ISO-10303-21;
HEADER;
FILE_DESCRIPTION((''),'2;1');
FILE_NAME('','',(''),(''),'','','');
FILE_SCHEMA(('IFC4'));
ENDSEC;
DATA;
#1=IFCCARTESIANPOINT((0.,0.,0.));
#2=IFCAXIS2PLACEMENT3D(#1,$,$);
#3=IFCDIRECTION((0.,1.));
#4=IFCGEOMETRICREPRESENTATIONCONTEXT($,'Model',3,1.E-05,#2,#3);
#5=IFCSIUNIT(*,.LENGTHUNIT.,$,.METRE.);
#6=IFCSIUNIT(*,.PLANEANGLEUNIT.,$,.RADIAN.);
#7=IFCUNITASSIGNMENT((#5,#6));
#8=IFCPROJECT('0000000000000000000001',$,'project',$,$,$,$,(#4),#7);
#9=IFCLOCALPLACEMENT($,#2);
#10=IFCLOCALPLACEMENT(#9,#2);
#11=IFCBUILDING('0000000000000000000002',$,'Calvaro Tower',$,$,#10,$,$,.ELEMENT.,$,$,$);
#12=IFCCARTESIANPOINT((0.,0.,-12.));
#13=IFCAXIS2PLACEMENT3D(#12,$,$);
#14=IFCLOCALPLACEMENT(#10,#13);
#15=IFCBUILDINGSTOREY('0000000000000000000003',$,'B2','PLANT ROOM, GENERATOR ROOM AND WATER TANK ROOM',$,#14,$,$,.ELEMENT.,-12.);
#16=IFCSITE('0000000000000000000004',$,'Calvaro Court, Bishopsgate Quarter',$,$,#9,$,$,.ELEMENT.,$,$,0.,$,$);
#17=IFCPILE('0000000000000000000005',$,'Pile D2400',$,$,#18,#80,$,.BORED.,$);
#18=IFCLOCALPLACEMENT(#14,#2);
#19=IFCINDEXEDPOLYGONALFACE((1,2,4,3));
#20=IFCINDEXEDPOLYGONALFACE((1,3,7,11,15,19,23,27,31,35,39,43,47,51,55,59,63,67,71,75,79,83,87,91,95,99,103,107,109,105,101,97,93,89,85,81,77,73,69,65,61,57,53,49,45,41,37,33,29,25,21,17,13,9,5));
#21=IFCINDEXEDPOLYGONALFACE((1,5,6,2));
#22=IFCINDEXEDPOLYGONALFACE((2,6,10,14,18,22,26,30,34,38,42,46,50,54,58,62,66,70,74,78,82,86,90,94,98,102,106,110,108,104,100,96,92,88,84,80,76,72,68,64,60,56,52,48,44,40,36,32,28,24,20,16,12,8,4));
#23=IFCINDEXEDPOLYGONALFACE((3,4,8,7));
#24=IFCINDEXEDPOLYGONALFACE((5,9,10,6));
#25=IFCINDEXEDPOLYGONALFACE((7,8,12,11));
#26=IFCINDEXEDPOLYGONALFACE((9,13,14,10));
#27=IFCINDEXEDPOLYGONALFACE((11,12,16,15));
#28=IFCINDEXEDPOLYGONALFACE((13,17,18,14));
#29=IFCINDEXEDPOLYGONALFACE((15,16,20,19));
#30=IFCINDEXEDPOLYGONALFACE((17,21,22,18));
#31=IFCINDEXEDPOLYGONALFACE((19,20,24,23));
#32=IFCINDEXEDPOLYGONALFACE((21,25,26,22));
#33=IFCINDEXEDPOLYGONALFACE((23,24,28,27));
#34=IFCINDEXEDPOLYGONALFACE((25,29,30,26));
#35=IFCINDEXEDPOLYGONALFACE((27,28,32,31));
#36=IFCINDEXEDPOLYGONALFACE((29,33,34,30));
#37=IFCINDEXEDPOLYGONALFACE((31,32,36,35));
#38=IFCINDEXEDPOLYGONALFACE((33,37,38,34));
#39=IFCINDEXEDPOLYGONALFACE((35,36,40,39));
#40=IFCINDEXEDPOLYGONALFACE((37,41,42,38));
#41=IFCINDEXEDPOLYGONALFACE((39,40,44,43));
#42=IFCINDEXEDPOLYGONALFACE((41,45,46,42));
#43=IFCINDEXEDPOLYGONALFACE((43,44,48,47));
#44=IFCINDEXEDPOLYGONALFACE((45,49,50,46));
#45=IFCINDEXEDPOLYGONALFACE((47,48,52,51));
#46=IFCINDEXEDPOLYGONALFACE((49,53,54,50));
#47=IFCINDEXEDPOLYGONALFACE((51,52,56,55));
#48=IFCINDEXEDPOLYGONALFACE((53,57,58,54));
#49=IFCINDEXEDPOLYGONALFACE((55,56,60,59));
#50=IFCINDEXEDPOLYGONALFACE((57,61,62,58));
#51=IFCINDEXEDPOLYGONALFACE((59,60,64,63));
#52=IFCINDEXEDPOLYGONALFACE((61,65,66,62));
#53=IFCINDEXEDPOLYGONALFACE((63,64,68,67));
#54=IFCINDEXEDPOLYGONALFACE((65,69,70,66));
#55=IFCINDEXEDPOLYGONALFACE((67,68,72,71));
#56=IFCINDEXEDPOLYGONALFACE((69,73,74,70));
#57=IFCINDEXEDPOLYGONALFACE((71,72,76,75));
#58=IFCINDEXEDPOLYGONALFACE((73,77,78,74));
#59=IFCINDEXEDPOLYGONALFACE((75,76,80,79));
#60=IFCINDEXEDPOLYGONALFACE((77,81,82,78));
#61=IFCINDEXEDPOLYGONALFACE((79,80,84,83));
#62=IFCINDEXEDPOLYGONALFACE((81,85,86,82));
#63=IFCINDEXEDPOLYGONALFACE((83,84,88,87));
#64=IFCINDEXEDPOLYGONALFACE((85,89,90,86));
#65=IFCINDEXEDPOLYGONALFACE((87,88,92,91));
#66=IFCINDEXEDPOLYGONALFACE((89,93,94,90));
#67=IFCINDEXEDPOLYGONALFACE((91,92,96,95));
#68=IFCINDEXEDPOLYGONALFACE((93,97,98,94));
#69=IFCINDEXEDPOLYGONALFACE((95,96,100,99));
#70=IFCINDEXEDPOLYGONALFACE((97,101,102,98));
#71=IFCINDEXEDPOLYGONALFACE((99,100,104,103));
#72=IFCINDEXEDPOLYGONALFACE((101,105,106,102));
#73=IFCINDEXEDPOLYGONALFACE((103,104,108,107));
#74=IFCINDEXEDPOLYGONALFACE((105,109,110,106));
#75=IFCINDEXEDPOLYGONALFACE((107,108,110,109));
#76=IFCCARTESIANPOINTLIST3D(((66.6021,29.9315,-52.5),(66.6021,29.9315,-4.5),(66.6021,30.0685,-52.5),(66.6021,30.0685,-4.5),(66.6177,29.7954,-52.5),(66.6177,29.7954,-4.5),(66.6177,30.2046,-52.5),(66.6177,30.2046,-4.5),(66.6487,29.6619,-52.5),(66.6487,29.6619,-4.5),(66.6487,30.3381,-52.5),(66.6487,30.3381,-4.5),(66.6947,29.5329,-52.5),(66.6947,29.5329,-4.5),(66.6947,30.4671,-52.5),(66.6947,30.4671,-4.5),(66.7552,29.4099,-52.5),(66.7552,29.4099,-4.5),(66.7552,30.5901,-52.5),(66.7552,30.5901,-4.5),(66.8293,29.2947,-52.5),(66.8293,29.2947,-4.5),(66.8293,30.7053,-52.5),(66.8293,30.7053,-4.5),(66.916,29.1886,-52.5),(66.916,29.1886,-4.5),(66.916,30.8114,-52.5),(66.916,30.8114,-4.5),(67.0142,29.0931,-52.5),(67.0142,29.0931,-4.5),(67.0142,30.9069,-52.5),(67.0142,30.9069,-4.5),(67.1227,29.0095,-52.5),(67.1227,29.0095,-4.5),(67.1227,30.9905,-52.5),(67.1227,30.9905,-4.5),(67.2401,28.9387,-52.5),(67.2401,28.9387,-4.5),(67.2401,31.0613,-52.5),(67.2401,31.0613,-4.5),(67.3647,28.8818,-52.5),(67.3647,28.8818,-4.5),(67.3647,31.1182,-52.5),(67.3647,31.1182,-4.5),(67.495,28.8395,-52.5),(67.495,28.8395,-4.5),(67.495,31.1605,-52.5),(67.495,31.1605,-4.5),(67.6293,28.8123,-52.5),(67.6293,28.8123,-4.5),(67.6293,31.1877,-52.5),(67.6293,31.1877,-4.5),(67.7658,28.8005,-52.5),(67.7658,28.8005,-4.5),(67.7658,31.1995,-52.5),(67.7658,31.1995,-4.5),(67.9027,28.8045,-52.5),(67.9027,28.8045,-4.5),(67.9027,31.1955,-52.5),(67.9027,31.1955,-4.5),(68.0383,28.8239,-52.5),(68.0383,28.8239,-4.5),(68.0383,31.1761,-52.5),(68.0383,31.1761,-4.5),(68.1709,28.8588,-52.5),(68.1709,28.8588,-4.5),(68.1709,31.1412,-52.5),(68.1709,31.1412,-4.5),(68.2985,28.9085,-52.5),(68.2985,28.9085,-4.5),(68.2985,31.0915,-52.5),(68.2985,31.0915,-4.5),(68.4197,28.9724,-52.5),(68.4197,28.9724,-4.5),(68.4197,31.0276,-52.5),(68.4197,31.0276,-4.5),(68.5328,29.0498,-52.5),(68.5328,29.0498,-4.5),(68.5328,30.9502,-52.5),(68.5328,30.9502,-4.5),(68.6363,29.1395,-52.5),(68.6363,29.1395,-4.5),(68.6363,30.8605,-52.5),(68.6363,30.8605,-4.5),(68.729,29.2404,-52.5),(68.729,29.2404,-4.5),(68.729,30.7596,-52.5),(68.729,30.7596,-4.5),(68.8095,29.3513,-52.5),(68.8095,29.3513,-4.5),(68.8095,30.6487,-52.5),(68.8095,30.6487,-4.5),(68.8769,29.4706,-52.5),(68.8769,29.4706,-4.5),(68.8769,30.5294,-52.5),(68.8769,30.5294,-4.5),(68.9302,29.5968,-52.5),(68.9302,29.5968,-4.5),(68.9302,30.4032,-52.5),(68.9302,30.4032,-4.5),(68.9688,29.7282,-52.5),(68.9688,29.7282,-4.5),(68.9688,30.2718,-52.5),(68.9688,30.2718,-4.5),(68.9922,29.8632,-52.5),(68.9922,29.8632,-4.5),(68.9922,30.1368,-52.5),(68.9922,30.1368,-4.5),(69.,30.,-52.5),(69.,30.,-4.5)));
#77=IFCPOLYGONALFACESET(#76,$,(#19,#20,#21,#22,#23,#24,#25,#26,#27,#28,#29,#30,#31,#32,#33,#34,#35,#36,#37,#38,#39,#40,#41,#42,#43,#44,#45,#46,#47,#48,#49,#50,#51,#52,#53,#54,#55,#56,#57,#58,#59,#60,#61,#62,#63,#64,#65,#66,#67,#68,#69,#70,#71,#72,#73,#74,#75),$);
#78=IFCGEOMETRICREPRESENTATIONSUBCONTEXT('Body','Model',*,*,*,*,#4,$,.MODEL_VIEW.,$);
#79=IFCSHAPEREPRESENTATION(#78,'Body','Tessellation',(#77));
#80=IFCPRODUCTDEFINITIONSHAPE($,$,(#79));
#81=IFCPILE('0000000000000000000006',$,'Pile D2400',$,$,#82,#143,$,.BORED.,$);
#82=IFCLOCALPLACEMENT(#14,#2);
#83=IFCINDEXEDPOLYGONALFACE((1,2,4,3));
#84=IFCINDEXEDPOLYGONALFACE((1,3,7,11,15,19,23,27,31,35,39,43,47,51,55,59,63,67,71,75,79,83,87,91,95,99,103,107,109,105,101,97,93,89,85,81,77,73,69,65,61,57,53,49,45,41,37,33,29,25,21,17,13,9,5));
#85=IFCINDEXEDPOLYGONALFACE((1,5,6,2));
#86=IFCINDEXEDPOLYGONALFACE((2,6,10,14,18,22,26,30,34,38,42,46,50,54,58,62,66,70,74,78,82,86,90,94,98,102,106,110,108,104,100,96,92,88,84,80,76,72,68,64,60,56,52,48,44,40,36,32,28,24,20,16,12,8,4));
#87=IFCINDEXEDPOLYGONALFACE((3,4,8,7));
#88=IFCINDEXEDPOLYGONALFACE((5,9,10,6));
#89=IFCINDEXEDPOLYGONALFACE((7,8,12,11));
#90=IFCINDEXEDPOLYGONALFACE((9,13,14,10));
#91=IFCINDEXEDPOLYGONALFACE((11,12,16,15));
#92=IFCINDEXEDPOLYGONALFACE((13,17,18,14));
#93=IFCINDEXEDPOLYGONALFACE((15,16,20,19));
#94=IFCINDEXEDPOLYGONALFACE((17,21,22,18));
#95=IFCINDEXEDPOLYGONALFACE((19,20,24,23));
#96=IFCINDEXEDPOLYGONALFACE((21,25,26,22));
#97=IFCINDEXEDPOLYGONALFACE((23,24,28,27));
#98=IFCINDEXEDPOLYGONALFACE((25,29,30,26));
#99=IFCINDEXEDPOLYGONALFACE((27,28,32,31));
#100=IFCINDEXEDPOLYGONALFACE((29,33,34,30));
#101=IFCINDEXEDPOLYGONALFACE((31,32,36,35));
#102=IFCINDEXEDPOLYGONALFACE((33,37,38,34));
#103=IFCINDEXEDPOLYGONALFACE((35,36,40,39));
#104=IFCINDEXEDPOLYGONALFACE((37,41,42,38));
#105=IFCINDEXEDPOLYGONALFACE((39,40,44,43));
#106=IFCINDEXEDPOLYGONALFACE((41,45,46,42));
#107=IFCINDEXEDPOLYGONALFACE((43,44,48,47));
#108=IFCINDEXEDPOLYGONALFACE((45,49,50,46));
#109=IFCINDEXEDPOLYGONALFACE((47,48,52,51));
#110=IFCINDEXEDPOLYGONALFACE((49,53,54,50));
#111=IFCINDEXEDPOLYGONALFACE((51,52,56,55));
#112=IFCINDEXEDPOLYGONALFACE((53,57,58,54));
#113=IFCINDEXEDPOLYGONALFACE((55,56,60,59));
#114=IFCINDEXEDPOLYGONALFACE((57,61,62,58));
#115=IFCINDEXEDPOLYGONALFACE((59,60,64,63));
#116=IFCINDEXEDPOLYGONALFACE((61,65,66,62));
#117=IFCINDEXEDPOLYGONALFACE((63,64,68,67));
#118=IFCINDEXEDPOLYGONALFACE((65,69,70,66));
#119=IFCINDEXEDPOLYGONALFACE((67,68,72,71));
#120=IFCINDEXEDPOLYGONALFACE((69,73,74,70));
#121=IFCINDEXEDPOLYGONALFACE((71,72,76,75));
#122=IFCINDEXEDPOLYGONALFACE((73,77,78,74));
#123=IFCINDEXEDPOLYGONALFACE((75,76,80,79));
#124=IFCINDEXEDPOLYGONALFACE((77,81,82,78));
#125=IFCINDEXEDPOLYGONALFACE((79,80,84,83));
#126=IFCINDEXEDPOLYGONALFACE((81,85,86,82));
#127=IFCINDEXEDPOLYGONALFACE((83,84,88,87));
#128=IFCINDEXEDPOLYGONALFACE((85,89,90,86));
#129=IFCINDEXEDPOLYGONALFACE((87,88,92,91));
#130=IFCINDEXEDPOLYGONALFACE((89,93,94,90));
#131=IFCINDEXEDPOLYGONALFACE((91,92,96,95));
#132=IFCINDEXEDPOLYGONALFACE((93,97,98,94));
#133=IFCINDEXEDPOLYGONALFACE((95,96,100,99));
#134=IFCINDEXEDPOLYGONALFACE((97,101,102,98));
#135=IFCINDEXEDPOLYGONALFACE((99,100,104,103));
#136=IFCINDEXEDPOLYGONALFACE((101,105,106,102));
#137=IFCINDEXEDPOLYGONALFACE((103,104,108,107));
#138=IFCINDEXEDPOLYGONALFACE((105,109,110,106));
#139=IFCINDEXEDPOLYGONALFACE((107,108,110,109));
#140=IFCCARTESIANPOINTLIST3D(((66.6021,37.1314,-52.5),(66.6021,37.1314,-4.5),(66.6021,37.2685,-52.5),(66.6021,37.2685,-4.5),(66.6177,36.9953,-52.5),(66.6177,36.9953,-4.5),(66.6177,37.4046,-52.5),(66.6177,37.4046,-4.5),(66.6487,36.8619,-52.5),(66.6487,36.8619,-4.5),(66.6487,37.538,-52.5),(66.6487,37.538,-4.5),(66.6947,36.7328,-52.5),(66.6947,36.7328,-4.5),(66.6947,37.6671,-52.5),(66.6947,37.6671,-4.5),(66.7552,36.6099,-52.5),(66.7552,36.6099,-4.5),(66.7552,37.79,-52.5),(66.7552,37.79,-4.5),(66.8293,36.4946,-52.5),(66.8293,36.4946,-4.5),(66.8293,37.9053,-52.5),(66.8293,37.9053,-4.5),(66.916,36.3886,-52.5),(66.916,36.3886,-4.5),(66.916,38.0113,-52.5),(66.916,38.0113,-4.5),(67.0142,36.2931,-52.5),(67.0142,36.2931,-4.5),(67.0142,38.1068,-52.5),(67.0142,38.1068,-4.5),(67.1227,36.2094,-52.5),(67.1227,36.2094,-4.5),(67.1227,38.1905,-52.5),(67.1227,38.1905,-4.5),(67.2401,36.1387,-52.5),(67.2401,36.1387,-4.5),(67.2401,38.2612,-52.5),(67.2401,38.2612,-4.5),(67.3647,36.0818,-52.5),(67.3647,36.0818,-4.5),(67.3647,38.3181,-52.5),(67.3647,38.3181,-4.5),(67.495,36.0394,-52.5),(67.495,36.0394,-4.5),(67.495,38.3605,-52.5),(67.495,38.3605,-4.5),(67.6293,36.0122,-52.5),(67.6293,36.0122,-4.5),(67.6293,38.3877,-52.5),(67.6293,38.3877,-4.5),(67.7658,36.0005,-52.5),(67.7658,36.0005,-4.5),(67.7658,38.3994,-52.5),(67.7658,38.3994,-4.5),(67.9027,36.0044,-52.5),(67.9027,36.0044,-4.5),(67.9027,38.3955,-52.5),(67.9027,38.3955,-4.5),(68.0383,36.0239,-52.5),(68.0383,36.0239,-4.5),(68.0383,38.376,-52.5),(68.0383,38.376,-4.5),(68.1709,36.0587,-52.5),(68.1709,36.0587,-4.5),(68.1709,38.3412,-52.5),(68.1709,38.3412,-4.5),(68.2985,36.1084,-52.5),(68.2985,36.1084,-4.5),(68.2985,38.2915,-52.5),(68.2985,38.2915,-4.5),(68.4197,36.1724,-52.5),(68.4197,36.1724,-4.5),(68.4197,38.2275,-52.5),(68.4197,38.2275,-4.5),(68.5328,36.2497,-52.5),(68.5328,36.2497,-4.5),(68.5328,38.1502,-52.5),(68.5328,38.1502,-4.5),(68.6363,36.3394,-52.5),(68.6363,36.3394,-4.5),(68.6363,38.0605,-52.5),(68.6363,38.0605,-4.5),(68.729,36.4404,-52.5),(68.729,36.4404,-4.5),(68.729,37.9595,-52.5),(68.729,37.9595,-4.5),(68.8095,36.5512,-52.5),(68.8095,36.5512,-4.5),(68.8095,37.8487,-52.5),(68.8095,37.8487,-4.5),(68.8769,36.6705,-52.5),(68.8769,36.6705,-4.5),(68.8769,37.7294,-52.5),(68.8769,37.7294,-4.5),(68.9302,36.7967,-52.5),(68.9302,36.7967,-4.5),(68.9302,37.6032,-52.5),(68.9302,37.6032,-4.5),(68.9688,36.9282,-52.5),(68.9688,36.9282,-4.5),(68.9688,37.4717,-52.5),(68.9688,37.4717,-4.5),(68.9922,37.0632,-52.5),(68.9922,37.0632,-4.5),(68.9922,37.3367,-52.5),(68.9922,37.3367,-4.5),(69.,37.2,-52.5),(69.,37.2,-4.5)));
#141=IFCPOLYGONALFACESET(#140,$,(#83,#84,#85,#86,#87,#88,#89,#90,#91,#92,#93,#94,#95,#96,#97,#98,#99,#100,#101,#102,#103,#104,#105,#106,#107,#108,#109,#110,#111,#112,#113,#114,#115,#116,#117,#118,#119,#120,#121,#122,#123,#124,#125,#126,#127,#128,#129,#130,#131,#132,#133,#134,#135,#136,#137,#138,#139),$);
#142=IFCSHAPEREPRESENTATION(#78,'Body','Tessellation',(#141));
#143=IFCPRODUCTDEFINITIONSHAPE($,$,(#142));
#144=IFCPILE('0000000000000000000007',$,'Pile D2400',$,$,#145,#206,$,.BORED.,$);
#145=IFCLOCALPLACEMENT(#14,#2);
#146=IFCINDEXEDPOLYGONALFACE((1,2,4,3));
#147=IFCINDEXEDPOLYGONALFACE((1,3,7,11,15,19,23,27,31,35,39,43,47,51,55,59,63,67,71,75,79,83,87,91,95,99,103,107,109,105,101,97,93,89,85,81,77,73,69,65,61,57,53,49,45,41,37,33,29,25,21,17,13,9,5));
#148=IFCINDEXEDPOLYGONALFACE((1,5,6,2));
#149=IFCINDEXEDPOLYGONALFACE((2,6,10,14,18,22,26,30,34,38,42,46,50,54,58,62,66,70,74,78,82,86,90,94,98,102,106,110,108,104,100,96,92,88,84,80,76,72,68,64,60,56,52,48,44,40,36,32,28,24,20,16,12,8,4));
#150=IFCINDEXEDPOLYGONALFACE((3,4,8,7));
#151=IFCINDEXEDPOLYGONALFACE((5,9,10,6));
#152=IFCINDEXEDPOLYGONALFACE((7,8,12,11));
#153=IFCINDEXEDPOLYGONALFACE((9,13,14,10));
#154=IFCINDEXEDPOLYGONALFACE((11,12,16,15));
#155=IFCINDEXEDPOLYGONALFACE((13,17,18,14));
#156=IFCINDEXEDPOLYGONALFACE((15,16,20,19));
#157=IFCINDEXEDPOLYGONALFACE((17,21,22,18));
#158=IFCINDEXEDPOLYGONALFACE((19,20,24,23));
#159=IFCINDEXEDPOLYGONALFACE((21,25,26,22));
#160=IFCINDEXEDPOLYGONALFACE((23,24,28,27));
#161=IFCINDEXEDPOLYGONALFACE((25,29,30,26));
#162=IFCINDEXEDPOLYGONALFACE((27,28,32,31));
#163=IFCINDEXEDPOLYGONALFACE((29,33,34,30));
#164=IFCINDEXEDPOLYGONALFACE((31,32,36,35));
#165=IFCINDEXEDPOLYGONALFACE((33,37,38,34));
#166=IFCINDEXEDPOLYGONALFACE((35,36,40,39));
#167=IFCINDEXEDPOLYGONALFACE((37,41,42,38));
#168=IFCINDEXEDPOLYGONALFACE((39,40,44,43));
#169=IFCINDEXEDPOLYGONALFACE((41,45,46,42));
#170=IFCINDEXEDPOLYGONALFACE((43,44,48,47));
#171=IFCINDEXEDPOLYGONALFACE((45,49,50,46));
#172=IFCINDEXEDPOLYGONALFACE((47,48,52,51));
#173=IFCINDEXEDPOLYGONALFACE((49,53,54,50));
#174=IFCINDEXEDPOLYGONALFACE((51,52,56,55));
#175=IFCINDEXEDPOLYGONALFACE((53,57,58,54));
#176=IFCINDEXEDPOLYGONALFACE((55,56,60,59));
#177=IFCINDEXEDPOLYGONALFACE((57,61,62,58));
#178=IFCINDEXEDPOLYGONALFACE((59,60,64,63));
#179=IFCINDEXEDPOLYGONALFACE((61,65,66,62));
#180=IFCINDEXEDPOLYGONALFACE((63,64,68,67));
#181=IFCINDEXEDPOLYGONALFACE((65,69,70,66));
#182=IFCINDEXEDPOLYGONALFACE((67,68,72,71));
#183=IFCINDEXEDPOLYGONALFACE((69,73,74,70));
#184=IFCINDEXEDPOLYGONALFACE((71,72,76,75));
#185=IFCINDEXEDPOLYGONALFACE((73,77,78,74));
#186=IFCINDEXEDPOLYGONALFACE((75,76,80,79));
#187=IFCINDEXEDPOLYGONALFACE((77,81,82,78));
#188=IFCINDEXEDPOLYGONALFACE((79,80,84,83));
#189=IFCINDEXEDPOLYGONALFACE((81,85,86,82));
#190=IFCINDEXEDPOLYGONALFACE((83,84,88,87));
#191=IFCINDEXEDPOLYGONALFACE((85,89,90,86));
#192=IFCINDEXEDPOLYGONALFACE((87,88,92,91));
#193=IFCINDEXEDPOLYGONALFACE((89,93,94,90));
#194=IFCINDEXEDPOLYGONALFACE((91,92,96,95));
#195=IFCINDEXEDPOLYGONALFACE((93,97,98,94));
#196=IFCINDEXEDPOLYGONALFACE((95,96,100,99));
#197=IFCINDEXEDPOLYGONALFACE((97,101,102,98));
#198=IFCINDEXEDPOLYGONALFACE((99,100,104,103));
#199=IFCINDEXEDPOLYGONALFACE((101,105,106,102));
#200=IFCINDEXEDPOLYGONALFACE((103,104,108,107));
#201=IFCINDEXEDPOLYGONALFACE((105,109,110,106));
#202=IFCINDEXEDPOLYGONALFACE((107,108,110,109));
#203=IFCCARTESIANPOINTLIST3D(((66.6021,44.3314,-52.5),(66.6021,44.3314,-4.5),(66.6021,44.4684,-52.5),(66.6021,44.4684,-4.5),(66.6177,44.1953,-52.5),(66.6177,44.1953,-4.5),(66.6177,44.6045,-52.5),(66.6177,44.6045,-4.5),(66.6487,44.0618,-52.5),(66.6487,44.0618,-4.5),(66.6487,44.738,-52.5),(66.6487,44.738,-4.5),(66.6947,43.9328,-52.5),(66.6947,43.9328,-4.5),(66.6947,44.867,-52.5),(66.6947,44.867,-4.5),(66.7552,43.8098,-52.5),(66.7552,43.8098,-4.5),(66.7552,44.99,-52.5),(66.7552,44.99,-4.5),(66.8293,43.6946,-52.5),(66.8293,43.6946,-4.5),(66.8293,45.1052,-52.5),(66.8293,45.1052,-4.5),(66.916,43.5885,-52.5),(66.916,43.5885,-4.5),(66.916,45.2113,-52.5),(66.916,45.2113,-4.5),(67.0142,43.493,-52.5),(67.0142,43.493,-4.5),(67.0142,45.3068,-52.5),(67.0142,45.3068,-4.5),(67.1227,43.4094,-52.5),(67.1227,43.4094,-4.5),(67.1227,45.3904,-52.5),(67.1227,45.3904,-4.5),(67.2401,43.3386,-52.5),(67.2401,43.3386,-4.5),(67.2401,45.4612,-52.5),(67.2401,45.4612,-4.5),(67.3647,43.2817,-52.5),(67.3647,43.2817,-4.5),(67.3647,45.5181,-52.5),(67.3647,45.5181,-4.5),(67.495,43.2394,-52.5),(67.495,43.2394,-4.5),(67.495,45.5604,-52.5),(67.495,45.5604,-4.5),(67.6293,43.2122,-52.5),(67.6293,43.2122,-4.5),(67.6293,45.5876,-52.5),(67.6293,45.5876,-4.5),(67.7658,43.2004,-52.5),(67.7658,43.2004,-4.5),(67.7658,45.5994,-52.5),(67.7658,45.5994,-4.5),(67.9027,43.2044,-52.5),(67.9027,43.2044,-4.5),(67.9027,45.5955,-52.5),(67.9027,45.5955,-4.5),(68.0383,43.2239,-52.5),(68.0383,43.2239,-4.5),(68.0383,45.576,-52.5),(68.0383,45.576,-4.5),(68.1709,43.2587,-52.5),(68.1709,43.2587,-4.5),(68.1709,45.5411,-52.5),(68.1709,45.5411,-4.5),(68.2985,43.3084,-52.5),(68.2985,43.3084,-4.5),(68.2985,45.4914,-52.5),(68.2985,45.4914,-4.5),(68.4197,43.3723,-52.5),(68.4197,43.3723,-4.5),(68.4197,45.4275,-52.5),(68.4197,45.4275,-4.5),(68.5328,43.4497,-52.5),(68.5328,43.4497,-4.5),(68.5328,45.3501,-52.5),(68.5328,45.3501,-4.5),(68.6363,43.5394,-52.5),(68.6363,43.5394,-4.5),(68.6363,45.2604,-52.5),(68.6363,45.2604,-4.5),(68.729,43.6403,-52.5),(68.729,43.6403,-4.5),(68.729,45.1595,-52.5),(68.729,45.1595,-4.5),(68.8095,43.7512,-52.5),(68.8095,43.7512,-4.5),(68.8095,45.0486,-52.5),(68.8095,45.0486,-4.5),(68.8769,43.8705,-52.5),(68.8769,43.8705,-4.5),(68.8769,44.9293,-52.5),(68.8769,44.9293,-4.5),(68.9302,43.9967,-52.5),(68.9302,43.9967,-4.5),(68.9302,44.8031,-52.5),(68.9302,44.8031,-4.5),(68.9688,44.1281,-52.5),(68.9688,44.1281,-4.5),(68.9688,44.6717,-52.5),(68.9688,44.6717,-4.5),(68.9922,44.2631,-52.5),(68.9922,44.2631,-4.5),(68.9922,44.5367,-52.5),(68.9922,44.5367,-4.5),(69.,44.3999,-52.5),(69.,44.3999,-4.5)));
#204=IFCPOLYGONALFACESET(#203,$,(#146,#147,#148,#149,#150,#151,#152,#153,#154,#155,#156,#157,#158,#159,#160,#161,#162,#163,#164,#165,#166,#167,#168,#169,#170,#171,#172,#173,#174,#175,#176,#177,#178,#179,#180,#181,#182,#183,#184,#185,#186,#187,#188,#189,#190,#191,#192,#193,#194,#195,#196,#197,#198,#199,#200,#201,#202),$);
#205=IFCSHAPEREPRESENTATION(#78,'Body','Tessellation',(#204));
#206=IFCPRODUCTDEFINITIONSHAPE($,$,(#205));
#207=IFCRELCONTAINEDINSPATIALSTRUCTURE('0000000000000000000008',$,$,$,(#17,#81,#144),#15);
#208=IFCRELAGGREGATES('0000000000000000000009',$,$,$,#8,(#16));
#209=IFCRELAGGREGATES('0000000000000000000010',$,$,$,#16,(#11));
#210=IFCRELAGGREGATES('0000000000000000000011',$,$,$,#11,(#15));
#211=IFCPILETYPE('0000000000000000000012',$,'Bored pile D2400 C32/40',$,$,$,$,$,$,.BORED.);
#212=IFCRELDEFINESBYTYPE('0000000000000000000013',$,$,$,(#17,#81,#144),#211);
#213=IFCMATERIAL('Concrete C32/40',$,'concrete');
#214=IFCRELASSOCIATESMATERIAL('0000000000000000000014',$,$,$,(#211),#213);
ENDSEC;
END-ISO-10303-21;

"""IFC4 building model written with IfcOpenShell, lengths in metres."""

from ifc_helpers import new_model, si_unit, direction, frame, origin, origin_2d, place, context, subcontext, project, spatial, circle, extrude, material, material_profile, profile_set, type_object, element, save


model = new_model("IFC4")

# Units and contexts
model_context = context("Model", 3, precision=1e-05, world=origin(), true_north=direction((0.0, 1.0)))
body_context = subcontext(model_context, "Body", "Model", "MODEL_VIEW")
ifc_project = project(units=[si_unit("LENGTHUNIT", "METRE"), si_unit("PLANEANGLEUNIT", "RADIAN")], contexts=[model_context])

# Site, building, storey
site_placement = place(None, origin())
site = spatial("IfcSite", under=ifc_project, at=site_placement, Name="Calvaro Court, Bishopsgate Quarter", CompositionType="ELEMENT", RefElevation=0.0)
building_placement = place(site_placement, origin())
building = spatial("IfcBuilding", under=site, at=building_placement, Name="Calvaro Tower", CompositionType="ELEMENT")
storey_placement = place(building_placement, frame((0.0, 0.0, -12.0)))
storey = spatial("IfcBuildingStorey", under=building, at=storey_placement, Name="B2", Description="PLANT ROOM, GENERATOR ROOM AND WATER TANK ROOM", CompositionType="ELEMENT", Elevation=-12.0)

# Piles
ifc_material_1 = material(Name="Concrete C32/40", Category="concrete")
ifc_material_profile = material_profile(ifc_material_1, circle(Radius=1.2, at=origin_2d()), Name="Bored pile D2400")
ifc_profile_set = profile_set([ifc_material_profile], Name="Concrete C32/40")
pile_type = type_object("IfcPileType", Name="Bored pile D2400 C32/40", PredefinedType="BORED", material=ifc_profile_set)
for number, where, z_axis, x_axis, name in (
    (1, (67.8, 30.0, -4.5), (0.0, 0.0, -1.0), (1.0, 0.0, 0.0), "Pile D2400"),
    (2, (67.8, 37.2, -4.5), (0.0, 0.0, -1.0), (1.0, 0.0, 0.0), "Pile D2400"),
    (3, (67.8, 44.3999, -4.5), (0.0, 0.0, -1.0), (1.0, 0.0, 0.0), "Pile D2400"),
):
    element("IfcPile", number, at=place(storey_placement, frame(where, z_axis=z_axis, x_axis=x_axis)), inside=storey, type_object=pile_type, Name=name, PredefinedType="BORED", context=body_context, shape_type="SweptSolid", body=[
        extrude(circle(Radius=1.2, at=origin_2d()), origin(), (0.0, 0.0, 1.0), 48.0),
    ])

save(model, "model.ifc")
